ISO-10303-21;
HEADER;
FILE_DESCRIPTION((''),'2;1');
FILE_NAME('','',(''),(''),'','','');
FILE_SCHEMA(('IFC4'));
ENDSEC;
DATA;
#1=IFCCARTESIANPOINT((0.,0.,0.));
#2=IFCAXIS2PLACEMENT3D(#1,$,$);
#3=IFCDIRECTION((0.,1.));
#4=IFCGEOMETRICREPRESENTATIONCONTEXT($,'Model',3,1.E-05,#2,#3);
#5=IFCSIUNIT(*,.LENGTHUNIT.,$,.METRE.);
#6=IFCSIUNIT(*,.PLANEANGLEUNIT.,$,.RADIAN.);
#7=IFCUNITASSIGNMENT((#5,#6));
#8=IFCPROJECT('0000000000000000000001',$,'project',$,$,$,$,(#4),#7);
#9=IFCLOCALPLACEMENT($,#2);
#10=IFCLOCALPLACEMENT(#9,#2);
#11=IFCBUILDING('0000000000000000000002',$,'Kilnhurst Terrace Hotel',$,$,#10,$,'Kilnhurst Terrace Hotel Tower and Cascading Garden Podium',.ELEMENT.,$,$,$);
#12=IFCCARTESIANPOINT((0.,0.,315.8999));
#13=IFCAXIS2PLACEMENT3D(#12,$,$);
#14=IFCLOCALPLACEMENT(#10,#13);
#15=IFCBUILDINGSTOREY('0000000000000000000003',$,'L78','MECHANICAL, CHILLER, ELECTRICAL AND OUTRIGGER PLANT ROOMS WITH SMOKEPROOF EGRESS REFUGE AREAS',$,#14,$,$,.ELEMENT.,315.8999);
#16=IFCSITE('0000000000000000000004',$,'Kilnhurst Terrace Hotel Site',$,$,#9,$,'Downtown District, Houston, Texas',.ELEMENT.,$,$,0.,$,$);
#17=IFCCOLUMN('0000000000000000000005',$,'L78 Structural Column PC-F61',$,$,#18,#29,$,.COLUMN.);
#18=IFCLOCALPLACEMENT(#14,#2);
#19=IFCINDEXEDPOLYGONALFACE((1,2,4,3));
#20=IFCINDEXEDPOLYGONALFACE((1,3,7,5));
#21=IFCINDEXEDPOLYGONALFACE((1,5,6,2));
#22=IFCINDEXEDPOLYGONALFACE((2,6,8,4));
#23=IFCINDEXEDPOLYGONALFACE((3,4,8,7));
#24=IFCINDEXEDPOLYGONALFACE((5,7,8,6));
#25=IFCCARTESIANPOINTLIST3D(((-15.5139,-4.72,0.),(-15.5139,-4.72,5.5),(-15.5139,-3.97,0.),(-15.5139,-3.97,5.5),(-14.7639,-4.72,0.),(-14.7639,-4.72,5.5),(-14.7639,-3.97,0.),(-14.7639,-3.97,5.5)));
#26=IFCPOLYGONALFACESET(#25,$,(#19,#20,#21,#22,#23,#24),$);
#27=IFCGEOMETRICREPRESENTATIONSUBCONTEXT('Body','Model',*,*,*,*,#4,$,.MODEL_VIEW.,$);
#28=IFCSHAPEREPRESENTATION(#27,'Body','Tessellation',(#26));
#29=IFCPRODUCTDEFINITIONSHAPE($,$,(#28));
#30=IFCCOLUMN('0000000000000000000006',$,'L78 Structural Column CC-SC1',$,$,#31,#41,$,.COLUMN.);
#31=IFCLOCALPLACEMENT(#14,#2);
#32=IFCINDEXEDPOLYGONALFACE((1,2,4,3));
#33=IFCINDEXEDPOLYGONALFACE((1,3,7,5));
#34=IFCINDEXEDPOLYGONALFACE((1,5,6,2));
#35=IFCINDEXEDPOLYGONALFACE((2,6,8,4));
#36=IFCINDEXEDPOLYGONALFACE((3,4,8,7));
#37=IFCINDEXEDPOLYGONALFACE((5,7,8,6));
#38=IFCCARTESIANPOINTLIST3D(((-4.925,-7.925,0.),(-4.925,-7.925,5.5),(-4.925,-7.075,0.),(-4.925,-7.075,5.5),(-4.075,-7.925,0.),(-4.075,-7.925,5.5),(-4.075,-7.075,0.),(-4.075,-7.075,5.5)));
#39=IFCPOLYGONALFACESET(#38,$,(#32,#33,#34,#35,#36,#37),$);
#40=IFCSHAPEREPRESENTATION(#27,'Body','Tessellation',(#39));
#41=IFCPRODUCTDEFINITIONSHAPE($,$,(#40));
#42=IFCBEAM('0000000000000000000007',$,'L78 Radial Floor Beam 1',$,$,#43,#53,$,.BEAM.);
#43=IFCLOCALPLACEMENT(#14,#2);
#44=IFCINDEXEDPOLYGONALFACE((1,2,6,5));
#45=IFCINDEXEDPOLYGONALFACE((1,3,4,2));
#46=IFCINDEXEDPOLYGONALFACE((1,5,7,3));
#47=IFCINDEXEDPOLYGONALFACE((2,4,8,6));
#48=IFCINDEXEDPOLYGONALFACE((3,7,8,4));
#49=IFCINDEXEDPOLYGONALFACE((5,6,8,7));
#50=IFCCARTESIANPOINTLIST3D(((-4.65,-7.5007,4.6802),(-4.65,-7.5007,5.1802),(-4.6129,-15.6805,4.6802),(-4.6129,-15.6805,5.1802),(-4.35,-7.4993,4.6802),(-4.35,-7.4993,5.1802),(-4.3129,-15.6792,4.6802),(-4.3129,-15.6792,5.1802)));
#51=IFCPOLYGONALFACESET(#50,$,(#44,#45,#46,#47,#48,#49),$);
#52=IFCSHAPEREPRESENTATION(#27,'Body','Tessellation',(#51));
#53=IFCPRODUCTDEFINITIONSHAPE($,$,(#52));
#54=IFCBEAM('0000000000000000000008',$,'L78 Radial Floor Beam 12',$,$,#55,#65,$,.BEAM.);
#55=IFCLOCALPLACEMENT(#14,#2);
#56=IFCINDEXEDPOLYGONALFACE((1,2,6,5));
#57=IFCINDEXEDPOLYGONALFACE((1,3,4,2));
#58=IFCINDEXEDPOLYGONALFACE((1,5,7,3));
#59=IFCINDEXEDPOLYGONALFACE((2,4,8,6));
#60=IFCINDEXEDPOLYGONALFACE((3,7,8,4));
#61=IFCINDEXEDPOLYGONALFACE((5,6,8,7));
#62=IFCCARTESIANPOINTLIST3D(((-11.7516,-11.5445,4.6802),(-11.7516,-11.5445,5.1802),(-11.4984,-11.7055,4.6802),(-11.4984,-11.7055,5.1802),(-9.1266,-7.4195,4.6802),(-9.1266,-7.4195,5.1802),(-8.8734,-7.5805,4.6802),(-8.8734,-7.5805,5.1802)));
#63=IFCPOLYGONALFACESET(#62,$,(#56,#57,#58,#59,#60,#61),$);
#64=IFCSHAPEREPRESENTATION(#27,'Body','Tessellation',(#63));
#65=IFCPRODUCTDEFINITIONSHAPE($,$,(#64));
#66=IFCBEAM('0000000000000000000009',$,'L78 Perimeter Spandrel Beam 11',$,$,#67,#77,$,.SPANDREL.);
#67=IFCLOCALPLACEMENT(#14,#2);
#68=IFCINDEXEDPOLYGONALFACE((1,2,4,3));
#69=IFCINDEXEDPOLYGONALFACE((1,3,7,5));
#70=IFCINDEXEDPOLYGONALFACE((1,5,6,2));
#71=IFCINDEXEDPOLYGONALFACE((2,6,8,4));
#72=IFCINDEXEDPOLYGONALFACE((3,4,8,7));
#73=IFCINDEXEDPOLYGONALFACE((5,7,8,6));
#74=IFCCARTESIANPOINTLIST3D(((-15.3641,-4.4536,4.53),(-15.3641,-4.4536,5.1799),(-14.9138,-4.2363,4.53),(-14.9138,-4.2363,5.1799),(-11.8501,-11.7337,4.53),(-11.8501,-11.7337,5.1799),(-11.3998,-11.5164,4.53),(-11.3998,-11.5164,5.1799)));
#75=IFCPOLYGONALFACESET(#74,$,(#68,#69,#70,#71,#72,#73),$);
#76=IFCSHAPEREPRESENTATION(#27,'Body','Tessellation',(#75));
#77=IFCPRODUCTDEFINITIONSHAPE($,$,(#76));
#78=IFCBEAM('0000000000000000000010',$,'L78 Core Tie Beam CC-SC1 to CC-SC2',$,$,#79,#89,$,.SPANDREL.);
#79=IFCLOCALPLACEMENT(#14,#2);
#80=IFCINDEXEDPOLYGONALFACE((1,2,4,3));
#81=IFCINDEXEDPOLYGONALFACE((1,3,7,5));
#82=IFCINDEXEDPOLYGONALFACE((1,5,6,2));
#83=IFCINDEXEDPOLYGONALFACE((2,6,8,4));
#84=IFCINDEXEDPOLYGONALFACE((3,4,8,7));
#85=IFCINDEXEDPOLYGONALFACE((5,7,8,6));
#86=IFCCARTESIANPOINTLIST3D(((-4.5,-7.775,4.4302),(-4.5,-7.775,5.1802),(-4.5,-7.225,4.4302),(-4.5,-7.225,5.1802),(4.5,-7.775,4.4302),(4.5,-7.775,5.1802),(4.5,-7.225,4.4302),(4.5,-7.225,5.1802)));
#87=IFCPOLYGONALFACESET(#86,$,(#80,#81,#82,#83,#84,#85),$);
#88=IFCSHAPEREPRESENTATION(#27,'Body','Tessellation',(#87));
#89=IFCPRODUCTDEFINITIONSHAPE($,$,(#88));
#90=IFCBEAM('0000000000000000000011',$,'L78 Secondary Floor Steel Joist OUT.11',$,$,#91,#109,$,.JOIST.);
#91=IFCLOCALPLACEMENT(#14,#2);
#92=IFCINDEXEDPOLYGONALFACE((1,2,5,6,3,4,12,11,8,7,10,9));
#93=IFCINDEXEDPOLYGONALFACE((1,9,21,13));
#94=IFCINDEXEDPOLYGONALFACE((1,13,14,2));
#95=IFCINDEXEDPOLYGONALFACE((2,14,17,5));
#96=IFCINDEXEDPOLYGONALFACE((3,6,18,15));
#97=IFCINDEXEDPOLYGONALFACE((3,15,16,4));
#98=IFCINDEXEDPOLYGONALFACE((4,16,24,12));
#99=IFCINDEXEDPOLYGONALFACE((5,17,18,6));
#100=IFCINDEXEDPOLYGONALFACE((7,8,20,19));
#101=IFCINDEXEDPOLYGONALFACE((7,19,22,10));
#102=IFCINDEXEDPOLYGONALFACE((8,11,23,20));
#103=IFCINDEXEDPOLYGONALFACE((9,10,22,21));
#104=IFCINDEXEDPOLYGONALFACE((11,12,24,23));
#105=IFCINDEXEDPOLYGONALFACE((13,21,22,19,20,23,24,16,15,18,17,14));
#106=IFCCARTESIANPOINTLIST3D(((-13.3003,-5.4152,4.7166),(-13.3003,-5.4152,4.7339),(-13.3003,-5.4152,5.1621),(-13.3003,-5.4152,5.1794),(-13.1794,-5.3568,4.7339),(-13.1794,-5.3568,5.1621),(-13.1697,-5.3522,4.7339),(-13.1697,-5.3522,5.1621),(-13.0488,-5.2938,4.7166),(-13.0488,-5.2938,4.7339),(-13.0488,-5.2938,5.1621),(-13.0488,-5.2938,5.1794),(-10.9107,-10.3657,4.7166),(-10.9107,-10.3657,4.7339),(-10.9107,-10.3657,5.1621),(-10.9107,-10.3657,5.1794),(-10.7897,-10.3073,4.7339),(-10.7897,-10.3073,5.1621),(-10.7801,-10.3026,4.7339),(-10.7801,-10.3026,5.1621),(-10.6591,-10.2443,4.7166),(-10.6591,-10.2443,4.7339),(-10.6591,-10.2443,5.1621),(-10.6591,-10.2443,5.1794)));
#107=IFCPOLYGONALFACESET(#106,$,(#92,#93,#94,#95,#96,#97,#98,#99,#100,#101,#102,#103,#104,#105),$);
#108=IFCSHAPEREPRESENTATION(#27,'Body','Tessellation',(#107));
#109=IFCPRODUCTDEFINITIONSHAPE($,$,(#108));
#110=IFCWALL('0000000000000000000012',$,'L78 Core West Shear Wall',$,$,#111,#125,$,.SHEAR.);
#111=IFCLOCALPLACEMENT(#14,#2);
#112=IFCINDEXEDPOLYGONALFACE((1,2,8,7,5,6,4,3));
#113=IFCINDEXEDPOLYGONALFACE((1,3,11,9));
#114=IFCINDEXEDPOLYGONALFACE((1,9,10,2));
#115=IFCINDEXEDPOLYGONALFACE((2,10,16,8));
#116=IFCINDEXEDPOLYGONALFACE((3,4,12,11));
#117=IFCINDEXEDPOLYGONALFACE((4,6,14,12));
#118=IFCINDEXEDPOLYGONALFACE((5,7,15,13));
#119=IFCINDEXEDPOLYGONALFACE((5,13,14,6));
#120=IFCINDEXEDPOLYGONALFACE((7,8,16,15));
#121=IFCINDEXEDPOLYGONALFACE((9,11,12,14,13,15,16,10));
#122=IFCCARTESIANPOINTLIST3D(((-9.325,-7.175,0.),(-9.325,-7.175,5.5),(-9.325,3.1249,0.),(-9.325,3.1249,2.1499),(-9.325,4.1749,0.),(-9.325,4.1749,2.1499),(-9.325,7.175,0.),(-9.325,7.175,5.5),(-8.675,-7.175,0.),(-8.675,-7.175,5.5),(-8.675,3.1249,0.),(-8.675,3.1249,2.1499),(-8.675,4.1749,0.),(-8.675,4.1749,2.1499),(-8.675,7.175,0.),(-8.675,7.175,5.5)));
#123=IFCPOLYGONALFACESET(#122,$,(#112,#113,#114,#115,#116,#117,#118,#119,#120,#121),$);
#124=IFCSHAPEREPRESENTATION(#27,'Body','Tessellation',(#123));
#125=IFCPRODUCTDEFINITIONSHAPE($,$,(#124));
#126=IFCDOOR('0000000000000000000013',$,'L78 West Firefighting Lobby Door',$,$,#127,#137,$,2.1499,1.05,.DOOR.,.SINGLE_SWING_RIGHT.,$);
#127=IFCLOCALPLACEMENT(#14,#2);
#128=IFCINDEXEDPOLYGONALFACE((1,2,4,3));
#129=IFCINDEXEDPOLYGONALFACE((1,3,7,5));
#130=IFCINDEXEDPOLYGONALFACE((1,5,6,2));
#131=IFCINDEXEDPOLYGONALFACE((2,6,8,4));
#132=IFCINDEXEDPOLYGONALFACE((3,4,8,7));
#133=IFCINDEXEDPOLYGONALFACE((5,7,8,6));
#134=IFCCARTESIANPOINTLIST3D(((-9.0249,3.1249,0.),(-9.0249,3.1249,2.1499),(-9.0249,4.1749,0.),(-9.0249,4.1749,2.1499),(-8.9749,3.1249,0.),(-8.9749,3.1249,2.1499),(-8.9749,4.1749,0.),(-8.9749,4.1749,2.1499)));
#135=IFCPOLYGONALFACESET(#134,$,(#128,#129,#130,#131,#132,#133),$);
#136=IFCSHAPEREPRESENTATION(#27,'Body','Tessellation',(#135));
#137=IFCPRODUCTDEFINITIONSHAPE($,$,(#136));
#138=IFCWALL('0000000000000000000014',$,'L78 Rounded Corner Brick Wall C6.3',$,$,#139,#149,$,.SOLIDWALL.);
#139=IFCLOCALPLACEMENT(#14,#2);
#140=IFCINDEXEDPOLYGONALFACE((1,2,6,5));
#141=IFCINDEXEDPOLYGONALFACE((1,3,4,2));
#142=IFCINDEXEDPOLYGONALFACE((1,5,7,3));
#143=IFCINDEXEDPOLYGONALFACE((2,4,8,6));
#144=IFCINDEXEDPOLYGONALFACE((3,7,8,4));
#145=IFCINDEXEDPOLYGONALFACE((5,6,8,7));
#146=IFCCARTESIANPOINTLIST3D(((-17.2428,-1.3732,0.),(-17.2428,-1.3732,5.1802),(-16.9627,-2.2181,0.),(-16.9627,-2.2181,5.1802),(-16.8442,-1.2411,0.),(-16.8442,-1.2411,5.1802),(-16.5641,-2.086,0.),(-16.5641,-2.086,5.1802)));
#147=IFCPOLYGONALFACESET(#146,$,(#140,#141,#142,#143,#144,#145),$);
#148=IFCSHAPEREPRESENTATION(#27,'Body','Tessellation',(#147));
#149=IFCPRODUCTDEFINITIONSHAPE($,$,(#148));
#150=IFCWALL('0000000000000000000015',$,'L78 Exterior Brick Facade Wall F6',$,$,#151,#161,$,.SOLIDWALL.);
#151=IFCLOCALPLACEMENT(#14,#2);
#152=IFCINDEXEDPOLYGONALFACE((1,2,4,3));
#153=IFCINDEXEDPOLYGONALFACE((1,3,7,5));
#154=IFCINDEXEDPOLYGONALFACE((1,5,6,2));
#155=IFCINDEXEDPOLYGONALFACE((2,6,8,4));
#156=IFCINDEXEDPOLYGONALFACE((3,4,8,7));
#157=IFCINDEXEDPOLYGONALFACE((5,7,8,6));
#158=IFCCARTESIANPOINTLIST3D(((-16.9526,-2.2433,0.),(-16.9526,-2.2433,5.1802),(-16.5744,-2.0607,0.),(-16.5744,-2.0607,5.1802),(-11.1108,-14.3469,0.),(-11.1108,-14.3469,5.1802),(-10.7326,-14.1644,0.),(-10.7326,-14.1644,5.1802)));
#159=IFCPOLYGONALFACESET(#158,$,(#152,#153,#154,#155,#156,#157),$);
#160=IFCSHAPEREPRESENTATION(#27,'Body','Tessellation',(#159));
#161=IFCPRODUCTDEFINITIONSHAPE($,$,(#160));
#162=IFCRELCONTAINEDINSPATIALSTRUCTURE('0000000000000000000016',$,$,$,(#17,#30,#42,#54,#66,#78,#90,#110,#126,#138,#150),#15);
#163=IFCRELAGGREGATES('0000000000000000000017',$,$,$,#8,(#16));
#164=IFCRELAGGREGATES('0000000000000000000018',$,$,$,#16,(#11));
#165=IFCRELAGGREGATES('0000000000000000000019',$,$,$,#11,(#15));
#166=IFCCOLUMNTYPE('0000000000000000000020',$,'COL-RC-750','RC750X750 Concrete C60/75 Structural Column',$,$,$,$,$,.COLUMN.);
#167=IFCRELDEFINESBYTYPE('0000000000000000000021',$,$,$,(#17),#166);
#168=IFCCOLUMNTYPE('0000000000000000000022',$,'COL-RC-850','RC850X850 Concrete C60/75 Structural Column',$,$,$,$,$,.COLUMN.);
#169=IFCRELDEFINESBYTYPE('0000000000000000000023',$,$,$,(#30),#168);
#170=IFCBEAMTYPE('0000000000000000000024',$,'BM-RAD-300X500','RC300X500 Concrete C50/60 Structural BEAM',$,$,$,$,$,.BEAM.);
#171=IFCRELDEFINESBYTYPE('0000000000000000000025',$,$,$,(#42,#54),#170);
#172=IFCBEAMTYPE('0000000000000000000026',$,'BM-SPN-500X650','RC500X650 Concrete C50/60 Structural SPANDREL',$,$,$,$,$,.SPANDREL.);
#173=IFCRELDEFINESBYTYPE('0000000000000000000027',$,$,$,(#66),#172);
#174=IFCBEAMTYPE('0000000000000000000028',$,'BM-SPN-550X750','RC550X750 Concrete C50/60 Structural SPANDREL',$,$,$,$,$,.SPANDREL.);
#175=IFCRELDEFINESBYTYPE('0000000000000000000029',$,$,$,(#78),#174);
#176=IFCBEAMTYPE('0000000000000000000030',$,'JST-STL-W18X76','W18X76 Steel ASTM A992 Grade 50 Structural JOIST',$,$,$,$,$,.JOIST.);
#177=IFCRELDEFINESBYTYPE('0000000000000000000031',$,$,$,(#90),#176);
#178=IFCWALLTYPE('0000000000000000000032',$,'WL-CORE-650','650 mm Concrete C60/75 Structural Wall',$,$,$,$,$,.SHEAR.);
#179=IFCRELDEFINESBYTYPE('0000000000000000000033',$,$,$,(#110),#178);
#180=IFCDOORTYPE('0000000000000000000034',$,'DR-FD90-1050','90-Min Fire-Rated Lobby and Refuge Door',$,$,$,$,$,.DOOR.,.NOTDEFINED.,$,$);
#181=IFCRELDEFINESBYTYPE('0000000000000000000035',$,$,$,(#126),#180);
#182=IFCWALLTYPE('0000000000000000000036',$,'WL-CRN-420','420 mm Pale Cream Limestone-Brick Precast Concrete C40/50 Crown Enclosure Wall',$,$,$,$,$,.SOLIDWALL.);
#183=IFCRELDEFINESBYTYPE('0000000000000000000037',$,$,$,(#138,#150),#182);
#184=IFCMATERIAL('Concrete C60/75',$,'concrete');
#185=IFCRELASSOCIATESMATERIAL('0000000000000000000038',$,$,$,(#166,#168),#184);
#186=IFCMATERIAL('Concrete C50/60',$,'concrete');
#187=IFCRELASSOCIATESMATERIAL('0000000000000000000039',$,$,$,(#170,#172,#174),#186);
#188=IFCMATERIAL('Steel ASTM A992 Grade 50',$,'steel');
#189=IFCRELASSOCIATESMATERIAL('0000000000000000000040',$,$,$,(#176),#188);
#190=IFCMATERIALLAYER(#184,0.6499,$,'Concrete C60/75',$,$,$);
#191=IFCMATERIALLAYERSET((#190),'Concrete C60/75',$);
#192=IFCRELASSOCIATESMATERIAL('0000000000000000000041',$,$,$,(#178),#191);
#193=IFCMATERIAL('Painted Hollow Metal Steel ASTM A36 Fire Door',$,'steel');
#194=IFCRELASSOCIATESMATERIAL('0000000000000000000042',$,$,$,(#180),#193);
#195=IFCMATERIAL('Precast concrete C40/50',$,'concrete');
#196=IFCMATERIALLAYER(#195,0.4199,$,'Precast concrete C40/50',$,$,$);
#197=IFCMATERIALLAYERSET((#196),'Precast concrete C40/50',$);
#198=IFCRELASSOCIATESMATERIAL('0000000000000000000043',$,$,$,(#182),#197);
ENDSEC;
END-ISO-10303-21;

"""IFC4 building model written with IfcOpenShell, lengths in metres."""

from ifc_helpers import new_model, si_unit, direction, frame, frame_2d, origin, origin_2d, place, context, subcontext, project, spatial, rectangle, i_section, extrude, material, layer, layer_set, material_profile, profile_set, type_object, element, fill, save


model = new_model("IFC4")

# Units and contexts
model_context = context("Model", 3, precision=1e-05, world=origin(), true_north=direction((0.0, 1.0)))
body_context = subcontext(model_context, "Body", "Model", "MODEL_VIEW")
ifc_project = project(units=[si_unit("LENGTHUNIT", "METRE"), si_unit("PLANEANGLEUNIT", "RADIAN")], contexts=[model_context])

# Site, building, storey
site_placement = place(None, origin())
site = spatial("IfcSite", under=ifc_project, at=site_placement, Name="Kilnhurst Terrace Hotel Site", LongName="Downtown District, Houston, Texas", CompositionType="ELEMENT", RefElevation=0.0)
building_placement = place(site_placement, origin())
building = spatial("IfcBuilding", under=site, at=building_placement, Name="Kilnhurst Terrace Hotel", LongName="Kilnhurst Terrace Hotel Tower and Cascading Garden Podium", CompositionType="ELEMENT")
storey_placement = place(building_placement, frame((0.0, 0.0, 315.8999)))
storey = spatial("IfcBuildingStorey", under=building, at=storey_placement, Name="L78", Description="MECHANICAL, CHILLER, ELECTRICAL AND OUTRIGGER PLANT ROOMS WITH SMOKEPROOF EGRESS REFUGE AREAS", CompositionType="ELEMENT", Elevation=315.8999)

# Columns
ifc_material_1 = material(Name="Concrete C60/75", Category="concrete")
ifc_material_profile_1 = material_profile(ifc_material_1, rectangle(XDim=0.75, YDim=0.75, at=origin_2d()), Name="RC750X750")
ifc_profile_set_1 = profile_set([ifc_material_profile_1], Name="Concrete C60/75")
column_type_1 = type_object("IfcColumnType", Name="COL-RC-750", Description="RC750X750 Concrete C60/75 Structural Column", PredefinedType="COLUMN", material=ifc_profile_set_1)
column_1_placement = place(storey_placement, frame((-15.1389, -4.345, 0.0), z_axis=(0.0, 0.0, 1.0), x_axis=(1.0, 0.0, 0.0)))
element("IfcColumn", 1, at=column_1_placement, inside=storey, type_object=column_type_1, Name="L78 Structural Column PC-F61", PredefinedType="COLUMN", context=body_context, shape_type="SweptSolid", body=[
    extrude(rectangle(XDim=0.75, YDim=0.75, at=origin_2d()), origin(), (0.0, 0.0, 1.0), 5.5),
])
ifc_material_profile_2 = material_profile(ifc_material_1, rectangle(XDim=0.8501, YDim=0.8501, at=origin_2d()), Name="RC850X850")
ifc_profile_set_2 = profile_set([ifc_material_profile_2], Name="Concrete C60/75")
column_type_2 = type_object("IfcColumnType", Name="COL-RC-850", Description="RC850X850 Concrete C60/75 Structural Column", PredefinedType="COLUMN", material=ifc_profile_set_2)
column_2_placement = place(storey_placement, frame((-4.5, -7.5, 0.0), z_axis=(0.0, 0.0, 1.0), x_axis=(1.0, 0.0, 0.0)))
element("IfcColumn", 2, at=column_2_placement, inside=storey, type_object=column_type_2, Name="L78 Structural Column CC-SC1", PredefinedType="COLUMN", context=body_context, shape_type="SweptSolid", body=[
    extrude(rectangle(XDim=0.8501, YDim=0.8501, at=origin_2d()), origin(), (0.0, 0.0, 1.0), 5.5),
])

# Beams
ifc_material_2 = material(Name="Concrete C50/60", Category="concrete")
ifc_material_profile_3 = material_profile(ifc_material_2, rectangle(XDim=0.3, YDim=0.5, at=origin_2d()), Name="RC300X500")
ifc_profile_set_3 = profile_set([ifc_material_profile_3], Name="Concrete C50/60")
beam_type_1 = type_object("IfcBeamType", Name="BM-RAD-300X500", Description="RC300X500 Concrete C50/60 Structural BEAM", PredefinedType="BEAM", material=ifc_profile_set_3)
beam_1_placement = place(storey_placement, frame((-4.5, -7.5, 4.9302), z_axis=(0.004537, -0.99999, 0.0), x_axis=(0.99999, 0.004537, 0.0)))
element("IfcBeam", 3, at=beam_1_placement, inside=storey, type_object=beam_type_1, Name="L78 Radial Floor Beam 1", PredefinedType="BEAM", context=body_context, shape_type="SweptSolid", body=[
    extrude(rectangle(XDim=0.3, YDim=0.5, at=origin_2d()), origin(), (0.0, 0.0, 1.0), 8.1799),
])
beam_2_placement = place(storey_placement, frame((-9.0, -7.5, 4.9302), z_axis=(-0.536875, -0.843661, 0.0), x_axis=(0.843661, -0.536875, 0.0)))
element("IfcBeam", 4, at=beam_2_placement, inside=storey, type_object=beam_type_1, Name="L78 Radial Floor Beam 12", PredefinedType="BEAM", context=body_context, shape_type="SweptSolid", body=[
    extrude(rectangle(XDim=0.3, YDim=0.5, at=origin_2d()), origin(), (0.0, 0.0, 1.0), 4.8894),
])
ifc_material_profile_4 = material_profile(ifc_material_2, rectangle(XDim=0.5, YDim=0.6499, at=origin_2d()), Name="RC500X650")
ifc_profile_set_4 = profile_set([ifc_material_profile_4], Name="Concrete C50/60")
beam_type_2 = type_object("IfcBeamType", Name="BM-SPN-500X650", Description="RC500X650 Concrete C50/60 Structural SPANDREL", PredefinedType="SPANDREL", material=ifc_profile_set_4)
beam_3_placement = place(storey_placement, frame((-15.1389, -4.345, 4.855), z_axis=(0.434691, -0.90058, 0.0), x_axis=(0.90058, 0.434691, 0.0)))
element("IfcBeam", 5, at=beam_3_placement, inside=storey, type_object=beam_type_2, Name="L78 Perimeter Spandrel Beam 11", PredefinedType="SPANDREL", context=body_context, shape_type="SweptSolid", body=[
    extrude(rectangle(XDim=0.5, YDim=0.6499, at=origin_2d()), origin(), (0.0, 0.0, 1.0), 8.0837),
])
ifc_material_profile_5 = material_profile(ifc_material_2, rectangle(XDim=0.55, YDim=0.75, at=origin_2d()), Name="RC550X750")
ifc_profile_set_5 = profile_set([ifc_material_profile_5], Name="Concrete C50/60")
beam_type_3 = type_object("IfcBeamType", Name="BM-SPN-550X750", Description="RC550X750 Concrete C50/60 Structural SPANDREL", PredefinedType="SPANDREL", material=ifc_profile_set_5)
beam_4_placement = place(storey_placement, frame((-4.5, -7.5, 4.8052), z_axis=(1.0, 0.0, 0.0), x_axis=(0.0, 1.0, 0.0)))
element("IfcBeam", 6, at=beam_4_placement, inside=storey, type_object=beam_type_3, Name="L78 Core Tie Beam CC-SC1 to CC-SC2", PredefinedType="SPANDREL", context=body_context, shape_type="SweptSolid", body=[
    extrude(rectangle(XDim=0.55, YDim=0.75, at=origin_2d()), origin(), (0.0, 0.0, 1.0), 9.0),
])
ifc_material_3 = material(Name="Steel ASTM A992 Grade 50", Category="steel")
ifc_material_profile_6 = material_profile(ifc_material_3, i_section(OverallWidth=0.2793, OverallDepth=0.4629, WebThickness=0.0107, FlangeThickness=0.0173, at=origin_2d()), Name="W18X76")
ifc_profile_set_6 = profile_set([ifc_material_profile_6], Name="Steel ASTM A992 Grade 50")
beam_type_4 = type_object("IfcBeamType", Name="JST-STL-W18X76", Description="W18X76 Steel ASTM A992 Grade 50 Structural JOIST", PredefinedType="JOIST", material=ifc_profile_set_6)
beam_5_placement = place(storey_placement, frame((-13.1746, -5.3545, 4.948), z_axis=(0.434717, -0.900567, 0.0), x_axis=(0.900567, 0.434717, 0.0)))
element("IfcBeam", 7, at=beam_5_placement, inside=storey, type_object=beam_type_4, Name="L78 Secondary Floor Steel Joist OUT.11", PredefinedType="JOIST", context=body_context, shape_type="SweptSolid", body=[
    extrude(i_section(OverallWidth=0.2793, OverallDepth=0.4629, WebThickness=0.0107, FlangeThickness=0.0173, at=origin_2d()), origin(), (0.0, 0.0, 1.0), 5.4971),
])

# Wall, opening, door
ifc_layer_1 = layer(ifc_material_1, 0.6499, Name="Concrete C60/75")
ifc_layer_set_1 = layer_set([ifc_layer_1], Name="Concrete C60/75")
wall_type_1 = type_object("IfcWallType", Name="WL-CORE-650", Description="650 mm Concrete C60/75 Structural Wall", PredefinedType="SHEAR", material=ifc_layer_set_1)
wall_1_placement = place(storey_placement, frame((-9.0, -7.175, 0.0), z_axis=(0.0, 0.0, 1.0), x_axis=(0.0, 1.0, 0.0)))
wall_1 = element("IfcWall", 8, at=wall_1_placement, inside=storey, type_object=wall_type_1, Name="L78 Core West Shear Wall", PredefinedType="SHEAR", context=body_context, shape_type="SweptSolid", body=[
    extrude(rectangle(XDim=14.3501, YDim=0.6499, at=frame_2d((7.175, 0.0))), origin(), (0.0, 0.0, 1.0), 5.5),
])
opening_1_placement = place(wall_1_placement, frame((10.3, 0.0, 0.0)))
opening_1 = element("IfcOpeningElement", 9, at=opening_1_placement, cuts=wall_1, PredefinedType="OPENING", context=body_context, shape_type="SweptSolid", body=[
    extrude(rectangle(XDim=1.05, YDim=2.1499, at=frame_2d((0.5249, 1.075))), frame((0.0, 0.335, 0.0), z_axis=(0.0, -1.0, 0.0), x_axis=(1.0, 0.0, 0.0)), (0.0, 0.0, 1.0), 0.6699),
])
ifc_material_4 = material(Name="Painted Hollow Metal Steel ASTM A36 Fire Door", Category="steel")
door_type_1 = type_object("IfcDoorType", Name="DR-FD90-1050", Description="90-Min Fire-Rated Lobby and Refuge Door", OperationType="NOTDEFINED", PredefinedType="DOOR", material=ifc_material_4)
door_1_placement = place(opening_1_placement, origin())
door_1 = element("IfcDoor", 10, at=door_1_placement, inside=storey, type_object=door_type_1, Name="L78 West Firefighting Lobby Door", OperationType="SINGLE_SWING_RIGHT", OverallHeight=2.1499, OverallWidth=1.05, PredefinedType="DOOR", context=body_context, shape_type="SweptSolid", body=[
    extrude(rectangle(XDim=1.05, YDim=2.1499, at=frame_2d((0.5249, 1.075))), frame((0.0, 0.0249, 0.0), z_axis=(0.0, -1.0, 0.0), x_axis=(1.0, 0.0, 0.0)), (0.0, 0.0, 1.0), 0.05),
])
fill(opening_1, door_1)

# Walls
ifc_material_5 = material(Name="Precast concrete C40/50", Category="concrete")
ifc_layer_2 = layer(ifc_material_5, 0.4199, Name="Precast concrete C40/50")
ifc_layer_set_2 = layer_set([ifc_layer_2], Name="Precast concrete C40/50")
wall_type_2 = type_object("IfcWallType", Name="WL-CRN-420", Description="420 mm Pale Cream Limestone-Brick Precast Concrete C40/50 Crown Enclosure Wall", PredefinedType="SOLIDWALL", material=ifc_layer_set_2)
wall_2_placement = place(storey_placement, frame((-17.0435, -1.3071, 0.0), z_axis=(0.0, 0.0, 1.0), x_axis=(0.314582, -0.94923, 0.0)))
element("IfcWall", 11, at=wall_2_placement, inside=storey, type_object=wall_type_2, Name="L78 Rounded Corner Brick Wall C6.3", PredefinedType="SOLIDWALL", context=body_context, shape_type="SweptSolid", body=[
    extrude(rectangle(XDim=0.8901, YDim=0.4199, at=frame_2d((0.4451, 0.0))), origin(), (0.0, 0.0, 1.0), 5.1802),
])
wall_3_placement = place(storey_placement, frame((-16.7634, -2.1521, 0.0), z_axis=(0.0, 0.0, 1.0), x_axis=(0.434665, -0.900592, 0.0)))
element("IfcWall", 12, at=wall_3_placement, inside=storey, type_object=wall_type_2, Name="L78 Exterior Brick Facade Wall F6", PredefinedType="SOLIDWALL", context=body_context, shape_type="SweptSolid", body=[
    extrude(rectangle(XDim=13.4397, YDim=0.4199, at=frame_2d((6.7197, 0.0))), origin(), (0.0, 0.0, 1.0), 5.1802),
])

save(model, "model.ifc")
